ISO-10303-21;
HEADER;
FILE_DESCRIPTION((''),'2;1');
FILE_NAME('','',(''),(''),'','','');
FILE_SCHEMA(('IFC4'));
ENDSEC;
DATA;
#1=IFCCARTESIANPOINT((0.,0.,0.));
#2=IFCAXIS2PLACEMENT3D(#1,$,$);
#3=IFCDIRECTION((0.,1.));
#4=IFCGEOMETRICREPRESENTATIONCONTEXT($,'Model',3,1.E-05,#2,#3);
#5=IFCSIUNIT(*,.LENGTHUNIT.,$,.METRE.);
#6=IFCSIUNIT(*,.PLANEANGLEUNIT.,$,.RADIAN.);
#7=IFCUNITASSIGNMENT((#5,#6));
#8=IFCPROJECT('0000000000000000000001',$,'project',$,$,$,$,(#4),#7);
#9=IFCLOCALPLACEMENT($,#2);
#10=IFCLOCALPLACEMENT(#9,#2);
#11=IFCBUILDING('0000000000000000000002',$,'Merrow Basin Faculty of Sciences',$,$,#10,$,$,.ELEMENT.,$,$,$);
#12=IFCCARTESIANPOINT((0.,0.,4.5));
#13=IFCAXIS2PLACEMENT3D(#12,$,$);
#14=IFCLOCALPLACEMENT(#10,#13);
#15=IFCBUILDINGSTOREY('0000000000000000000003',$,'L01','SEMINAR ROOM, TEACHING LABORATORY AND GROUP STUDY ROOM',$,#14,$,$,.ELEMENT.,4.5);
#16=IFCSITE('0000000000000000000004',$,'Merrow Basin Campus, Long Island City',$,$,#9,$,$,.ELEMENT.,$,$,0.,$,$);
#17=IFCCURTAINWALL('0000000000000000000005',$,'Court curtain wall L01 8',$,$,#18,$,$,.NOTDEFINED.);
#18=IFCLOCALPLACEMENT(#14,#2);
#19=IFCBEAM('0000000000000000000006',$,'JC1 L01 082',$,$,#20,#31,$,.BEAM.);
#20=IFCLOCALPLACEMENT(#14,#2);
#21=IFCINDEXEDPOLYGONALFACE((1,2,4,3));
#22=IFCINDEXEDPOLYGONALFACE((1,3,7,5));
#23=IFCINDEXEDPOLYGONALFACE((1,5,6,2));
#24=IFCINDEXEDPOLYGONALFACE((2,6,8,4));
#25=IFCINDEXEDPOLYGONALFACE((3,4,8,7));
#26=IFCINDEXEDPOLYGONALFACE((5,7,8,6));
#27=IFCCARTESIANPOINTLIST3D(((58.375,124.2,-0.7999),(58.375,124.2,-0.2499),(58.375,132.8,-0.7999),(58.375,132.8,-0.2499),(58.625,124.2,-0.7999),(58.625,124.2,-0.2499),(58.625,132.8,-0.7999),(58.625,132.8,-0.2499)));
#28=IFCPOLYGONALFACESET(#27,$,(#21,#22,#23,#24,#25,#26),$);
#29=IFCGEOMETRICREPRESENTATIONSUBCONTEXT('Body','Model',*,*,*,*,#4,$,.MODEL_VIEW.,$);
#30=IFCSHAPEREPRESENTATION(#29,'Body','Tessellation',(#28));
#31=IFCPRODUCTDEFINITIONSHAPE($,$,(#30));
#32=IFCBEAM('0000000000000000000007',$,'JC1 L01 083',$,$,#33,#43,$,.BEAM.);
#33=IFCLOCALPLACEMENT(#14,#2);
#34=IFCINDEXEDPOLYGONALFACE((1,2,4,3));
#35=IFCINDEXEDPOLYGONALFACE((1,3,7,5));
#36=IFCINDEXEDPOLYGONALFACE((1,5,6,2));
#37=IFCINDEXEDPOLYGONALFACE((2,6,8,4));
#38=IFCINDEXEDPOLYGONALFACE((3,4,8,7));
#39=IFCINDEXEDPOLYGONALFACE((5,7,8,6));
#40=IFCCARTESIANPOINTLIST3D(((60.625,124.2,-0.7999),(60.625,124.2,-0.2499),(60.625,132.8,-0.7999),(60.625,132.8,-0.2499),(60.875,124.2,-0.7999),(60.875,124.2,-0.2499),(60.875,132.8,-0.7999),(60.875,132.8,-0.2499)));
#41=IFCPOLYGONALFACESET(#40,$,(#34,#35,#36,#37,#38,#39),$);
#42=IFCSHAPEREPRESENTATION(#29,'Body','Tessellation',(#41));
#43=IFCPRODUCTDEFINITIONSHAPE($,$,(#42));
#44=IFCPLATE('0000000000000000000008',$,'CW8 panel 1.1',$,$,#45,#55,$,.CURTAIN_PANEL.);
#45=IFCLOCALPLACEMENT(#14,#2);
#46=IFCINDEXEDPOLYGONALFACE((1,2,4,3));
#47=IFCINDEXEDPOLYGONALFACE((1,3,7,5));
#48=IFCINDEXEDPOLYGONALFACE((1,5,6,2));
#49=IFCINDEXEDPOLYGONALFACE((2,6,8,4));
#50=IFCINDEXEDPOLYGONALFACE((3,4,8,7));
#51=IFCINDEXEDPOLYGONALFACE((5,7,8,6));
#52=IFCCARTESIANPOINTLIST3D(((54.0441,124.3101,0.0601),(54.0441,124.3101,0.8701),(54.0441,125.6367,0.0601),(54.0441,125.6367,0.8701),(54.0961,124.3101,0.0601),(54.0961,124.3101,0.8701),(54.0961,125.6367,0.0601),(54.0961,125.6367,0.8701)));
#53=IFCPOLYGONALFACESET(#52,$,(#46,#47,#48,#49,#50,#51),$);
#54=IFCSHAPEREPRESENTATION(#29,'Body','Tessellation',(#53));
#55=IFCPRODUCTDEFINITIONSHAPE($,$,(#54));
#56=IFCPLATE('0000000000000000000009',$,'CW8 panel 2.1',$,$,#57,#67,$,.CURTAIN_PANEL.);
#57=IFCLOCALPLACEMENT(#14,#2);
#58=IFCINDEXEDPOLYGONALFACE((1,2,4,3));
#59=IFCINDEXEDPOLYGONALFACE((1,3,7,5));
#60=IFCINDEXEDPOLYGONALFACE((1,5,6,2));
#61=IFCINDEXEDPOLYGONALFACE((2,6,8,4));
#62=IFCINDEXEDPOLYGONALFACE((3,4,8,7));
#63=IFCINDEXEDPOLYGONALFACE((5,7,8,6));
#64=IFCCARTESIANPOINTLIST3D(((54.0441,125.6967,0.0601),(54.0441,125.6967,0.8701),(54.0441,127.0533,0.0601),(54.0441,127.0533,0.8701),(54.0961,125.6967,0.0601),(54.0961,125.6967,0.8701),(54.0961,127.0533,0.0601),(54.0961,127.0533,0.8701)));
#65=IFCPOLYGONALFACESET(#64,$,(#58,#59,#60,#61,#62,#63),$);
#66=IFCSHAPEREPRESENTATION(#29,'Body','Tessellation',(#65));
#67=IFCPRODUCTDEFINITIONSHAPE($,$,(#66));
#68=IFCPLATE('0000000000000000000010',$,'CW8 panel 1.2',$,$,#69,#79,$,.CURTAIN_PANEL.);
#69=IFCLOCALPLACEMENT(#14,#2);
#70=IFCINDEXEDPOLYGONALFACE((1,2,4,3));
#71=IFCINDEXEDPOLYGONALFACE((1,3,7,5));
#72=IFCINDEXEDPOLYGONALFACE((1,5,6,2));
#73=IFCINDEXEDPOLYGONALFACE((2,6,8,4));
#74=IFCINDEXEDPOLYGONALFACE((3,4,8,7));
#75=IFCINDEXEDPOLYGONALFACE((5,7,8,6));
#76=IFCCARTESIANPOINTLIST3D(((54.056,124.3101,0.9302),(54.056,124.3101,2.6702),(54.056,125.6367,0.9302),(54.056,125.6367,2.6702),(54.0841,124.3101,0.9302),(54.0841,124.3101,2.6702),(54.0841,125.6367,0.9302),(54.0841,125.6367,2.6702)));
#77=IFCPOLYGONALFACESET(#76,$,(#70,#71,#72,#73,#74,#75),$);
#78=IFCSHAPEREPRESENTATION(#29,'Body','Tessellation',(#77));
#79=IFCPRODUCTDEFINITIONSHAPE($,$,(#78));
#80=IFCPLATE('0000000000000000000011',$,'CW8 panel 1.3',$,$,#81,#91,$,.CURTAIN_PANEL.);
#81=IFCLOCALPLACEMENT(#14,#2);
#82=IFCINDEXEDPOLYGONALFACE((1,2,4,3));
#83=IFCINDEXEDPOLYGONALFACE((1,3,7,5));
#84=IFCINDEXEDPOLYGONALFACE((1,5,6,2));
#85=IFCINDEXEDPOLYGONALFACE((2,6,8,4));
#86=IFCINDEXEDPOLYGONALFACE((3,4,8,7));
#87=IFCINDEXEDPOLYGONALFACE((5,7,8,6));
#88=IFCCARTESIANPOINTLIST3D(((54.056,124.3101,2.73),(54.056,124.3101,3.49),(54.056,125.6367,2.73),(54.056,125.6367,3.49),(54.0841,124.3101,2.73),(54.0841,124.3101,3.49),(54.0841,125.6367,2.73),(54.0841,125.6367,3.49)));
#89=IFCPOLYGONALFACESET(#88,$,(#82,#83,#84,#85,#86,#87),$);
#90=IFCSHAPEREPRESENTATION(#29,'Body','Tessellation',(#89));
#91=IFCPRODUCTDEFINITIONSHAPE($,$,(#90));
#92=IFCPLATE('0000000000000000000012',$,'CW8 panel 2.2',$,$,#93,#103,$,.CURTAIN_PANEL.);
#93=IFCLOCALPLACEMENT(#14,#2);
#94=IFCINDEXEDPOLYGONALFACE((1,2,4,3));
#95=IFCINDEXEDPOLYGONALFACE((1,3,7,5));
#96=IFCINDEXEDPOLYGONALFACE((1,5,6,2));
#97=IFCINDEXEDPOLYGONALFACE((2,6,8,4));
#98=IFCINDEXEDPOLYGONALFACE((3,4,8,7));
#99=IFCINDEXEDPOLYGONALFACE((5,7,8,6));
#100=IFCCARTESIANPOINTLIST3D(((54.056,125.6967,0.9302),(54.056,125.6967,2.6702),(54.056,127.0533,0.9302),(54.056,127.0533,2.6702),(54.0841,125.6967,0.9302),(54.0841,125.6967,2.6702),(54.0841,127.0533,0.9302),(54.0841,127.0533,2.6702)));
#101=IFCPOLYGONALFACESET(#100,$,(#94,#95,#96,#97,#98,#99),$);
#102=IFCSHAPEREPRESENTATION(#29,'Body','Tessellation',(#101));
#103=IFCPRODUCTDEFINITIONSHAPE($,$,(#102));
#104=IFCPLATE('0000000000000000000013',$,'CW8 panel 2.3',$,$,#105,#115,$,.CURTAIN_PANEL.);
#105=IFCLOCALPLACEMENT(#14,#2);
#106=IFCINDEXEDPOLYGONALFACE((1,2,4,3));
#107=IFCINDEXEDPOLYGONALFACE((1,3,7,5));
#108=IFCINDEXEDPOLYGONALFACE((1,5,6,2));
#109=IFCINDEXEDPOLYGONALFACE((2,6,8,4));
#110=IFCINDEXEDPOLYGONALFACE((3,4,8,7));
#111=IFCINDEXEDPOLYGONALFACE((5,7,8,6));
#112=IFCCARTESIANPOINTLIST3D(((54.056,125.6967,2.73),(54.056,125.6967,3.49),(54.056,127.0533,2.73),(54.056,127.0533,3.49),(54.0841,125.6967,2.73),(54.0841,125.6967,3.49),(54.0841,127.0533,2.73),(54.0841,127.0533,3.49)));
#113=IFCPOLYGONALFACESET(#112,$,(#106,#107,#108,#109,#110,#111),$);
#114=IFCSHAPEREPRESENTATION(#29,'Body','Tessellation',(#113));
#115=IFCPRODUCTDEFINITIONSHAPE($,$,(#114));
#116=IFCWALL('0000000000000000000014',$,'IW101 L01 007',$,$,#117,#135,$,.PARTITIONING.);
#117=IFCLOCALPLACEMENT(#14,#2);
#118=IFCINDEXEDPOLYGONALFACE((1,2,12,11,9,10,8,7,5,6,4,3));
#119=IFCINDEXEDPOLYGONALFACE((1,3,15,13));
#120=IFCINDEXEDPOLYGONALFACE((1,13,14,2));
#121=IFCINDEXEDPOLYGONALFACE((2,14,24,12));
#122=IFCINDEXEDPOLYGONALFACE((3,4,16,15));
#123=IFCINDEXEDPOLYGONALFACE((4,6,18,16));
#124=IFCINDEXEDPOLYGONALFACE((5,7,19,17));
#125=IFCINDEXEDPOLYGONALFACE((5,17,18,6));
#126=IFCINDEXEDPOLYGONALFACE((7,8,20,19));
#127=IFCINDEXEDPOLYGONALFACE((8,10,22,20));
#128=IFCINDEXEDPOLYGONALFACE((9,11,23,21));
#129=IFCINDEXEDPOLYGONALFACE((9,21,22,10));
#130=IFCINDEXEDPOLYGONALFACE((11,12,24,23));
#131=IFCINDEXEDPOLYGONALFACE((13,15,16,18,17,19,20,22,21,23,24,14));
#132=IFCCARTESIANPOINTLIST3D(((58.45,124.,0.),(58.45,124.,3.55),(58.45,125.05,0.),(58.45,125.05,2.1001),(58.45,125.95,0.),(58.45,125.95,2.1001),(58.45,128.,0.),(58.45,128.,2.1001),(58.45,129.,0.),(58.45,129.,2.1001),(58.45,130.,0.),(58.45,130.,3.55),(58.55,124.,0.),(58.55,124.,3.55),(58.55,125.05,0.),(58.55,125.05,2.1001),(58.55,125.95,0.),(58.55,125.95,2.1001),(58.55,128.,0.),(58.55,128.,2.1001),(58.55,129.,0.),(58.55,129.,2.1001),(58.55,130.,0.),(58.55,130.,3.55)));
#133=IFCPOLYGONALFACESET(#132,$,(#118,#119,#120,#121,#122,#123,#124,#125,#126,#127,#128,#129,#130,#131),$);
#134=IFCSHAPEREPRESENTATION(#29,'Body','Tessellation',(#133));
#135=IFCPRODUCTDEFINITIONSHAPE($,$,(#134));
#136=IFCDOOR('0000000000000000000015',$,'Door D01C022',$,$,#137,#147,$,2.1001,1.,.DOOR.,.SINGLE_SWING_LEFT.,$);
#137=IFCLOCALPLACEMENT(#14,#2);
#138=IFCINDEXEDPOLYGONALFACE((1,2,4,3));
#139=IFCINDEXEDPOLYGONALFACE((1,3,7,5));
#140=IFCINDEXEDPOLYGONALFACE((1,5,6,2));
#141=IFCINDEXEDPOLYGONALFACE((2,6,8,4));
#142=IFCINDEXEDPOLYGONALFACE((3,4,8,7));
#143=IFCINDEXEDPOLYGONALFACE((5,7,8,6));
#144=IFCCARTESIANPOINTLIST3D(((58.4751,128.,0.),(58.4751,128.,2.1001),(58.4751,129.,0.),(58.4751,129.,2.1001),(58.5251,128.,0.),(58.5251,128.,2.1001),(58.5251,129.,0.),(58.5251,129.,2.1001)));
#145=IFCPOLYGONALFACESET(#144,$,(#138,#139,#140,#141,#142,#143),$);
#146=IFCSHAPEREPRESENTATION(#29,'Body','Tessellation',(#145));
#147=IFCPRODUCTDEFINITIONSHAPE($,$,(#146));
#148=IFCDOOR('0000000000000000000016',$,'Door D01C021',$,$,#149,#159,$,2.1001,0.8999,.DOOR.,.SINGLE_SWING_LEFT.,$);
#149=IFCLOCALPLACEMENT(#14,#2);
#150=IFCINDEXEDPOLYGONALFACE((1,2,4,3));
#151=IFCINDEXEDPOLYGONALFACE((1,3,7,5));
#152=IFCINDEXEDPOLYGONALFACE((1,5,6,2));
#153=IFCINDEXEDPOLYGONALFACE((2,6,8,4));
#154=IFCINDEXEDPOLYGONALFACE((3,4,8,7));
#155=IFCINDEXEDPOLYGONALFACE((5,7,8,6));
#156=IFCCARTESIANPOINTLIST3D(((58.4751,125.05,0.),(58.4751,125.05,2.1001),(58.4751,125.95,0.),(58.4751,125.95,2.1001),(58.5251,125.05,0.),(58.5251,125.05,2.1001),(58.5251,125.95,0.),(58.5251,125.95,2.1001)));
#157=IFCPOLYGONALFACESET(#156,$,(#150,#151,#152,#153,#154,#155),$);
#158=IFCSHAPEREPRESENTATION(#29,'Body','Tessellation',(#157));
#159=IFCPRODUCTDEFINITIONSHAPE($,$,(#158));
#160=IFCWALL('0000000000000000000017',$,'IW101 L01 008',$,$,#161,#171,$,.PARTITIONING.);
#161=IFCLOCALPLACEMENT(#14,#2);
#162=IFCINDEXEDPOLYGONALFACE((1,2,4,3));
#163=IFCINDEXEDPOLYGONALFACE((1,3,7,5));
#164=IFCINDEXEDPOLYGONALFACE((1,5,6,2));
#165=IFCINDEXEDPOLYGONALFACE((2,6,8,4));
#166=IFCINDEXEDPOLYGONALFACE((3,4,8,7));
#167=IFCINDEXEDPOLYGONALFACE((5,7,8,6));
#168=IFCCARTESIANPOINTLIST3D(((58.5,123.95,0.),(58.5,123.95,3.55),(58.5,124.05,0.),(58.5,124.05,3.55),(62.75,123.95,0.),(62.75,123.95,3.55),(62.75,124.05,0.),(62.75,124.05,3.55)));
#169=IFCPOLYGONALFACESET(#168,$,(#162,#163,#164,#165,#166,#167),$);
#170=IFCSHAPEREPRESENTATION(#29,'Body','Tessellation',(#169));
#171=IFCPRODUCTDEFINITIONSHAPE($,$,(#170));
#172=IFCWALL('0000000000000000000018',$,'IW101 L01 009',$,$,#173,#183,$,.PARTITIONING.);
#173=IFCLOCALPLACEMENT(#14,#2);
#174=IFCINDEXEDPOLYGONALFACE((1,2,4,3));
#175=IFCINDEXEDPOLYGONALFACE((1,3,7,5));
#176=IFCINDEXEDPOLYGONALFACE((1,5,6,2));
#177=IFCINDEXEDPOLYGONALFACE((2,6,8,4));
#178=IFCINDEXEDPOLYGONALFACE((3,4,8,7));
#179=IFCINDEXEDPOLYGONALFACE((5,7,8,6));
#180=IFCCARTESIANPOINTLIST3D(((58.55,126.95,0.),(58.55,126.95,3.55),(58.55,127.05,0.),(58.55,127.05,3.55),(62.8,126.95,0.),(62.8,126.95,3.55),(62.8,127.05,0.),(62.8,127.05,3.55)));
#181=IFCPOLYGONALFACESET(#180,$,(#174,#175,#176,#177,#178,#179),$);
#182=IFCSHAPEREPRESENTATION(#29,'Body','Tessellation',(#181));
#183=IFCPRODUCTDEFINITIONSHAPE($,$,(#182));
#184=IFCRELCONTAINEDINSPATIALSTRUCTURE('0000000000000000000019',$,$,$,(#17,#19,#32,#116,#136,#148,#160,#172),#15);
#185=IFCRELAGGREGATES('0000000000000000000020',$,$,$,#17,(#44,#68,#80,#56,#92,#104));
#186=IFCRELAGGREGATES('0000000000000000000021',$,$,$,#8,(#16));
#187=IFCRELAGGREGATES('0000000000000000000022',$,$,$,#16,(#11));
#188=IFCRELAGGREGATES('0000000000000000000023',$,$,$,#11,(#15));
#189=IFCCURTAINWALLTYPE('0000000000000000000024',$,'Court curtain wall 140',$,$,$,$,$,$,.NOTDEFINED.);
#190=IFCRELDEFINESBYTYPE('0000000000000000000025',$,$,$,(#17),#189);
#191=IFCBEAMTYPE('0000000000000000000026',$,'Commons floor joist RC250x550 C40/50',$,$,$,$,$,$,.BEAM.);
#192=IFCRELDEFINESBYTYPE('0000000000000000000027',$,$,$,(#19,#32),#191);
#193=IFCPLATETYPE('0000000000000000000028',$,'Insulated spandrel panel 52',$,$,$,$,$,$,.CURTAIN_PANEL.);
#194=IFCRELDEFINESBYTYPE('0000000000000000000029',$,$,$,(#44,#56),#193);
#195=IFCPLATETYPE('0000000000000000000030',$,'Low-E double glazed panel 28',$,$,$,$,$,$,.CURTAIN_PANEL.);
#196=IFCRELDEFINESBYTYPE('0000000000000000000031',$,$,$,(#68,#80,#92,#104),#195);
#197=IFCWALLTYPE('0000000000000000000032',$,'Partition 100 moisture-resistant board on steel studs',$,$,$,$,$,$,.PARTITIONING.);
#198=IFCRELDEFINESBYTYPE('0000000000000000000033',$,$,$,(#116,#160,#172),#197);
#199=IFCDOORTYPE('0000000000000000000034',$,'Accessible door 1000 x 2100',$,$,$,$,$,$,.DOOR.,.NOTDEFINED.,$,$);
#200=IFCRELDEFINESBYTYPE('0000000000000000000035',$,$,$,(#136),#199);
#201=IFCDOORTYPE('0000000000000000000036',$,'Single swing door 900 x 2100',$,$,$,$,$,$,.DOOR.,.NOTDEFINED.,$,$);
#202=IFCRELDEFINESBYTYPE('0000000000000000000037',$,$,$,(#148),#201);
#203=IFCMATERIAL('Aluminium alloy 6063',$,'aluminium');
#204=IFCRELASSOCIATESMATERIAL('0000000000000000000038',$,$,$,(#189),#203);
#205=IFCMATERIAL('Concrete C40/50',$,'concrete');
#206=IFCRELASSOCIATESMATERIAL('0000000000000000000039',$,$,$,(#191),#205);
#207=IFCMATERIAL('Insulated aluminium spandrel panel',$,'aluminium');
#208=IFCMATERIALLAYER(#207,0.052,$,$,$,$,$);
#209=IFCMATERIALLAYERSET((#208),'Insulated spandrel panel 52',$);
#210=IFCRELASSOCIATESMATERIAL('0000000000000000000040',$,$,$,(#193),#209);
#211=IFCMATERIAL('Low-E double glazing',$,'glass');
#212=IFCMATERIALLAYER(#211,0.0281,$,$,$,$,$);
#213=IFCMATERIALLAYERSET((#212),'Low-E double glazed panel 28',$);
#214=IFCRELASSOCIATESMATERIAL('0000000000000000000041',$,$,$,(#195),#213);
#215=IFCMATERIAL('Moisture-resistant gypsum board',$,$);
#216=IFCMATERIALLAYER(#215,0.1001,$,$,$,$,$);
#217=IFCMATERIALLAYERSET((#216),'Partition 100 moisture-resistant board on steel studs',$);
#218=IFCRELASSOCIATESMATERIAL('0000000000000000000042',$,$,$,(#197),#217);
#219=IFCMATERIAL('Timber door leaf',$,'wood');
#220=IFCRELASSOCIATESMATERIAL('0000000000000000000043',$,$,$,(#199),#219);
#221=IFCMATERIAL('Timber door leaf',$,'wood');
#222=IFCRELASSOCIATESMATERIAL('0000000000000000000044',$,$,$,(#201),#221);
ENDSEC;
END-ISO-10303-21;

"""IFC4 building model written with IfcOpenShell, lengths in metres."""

from ifc_helpers import new_model, si_unit, direction, frame, frame_2d, origin, origin_2d, place, context, subcontext, project, spatial, rectangle, extrude, material, layer, layer_set, material_profile, profile_set, type_object, element, fill, aggregate, save


model = new_model("IFC4")

# Units and contexts
model_context = context("Model", 3, precision=1e-05, world=origin(), true_north=direction((0.0, 1.0)))
body_context = subcontext(model_context, "Body", "Model", "MODEL_VIEW")
ifc_project = project(units=[si_unit("LENGTHUNIT", "METRE"), si_unit("PLANEANGLEUNIT", "RADIAN")], contexts=[model_context])

# Site, building, storey
site_placement = place(None, origin())
site = spatial("IfcSite", under=ifc_project, at=site_placement, Name="Merrow Basin Campus, Long Island City", CompositionType="ELEMENT", RefElevation=0.0)
building_placement = place(site_placement, origin())
building = spatial("IfcBuilding", under=site, at=building_placement, Name="Merrow Basin Faculty of Sciences", CompositionType="ELEMENT")
storey_placement = place(building_placement, frame((0.0, 0.0, 4.5)))
storey = spatial("IfcBuildingStorey", under=building, at=storey_placement, Name="L01", Description="SEMINAR ROOM, TEACHING LABORATORY AND GROUP STUDY ROOM", CompositionType="ELEMENT", Elevation=4.5)

# Curtain wall
ifc_material_1 = material(Name="Aluminium alloy 6063", Category="aluminium")
curtain_wall_type = type_object("IfcCurtainWallType", Name="Court curtain wall 140", PredefinedType="NOTDEFINED", material=ifc_material_1)
curtain_wall_placement = place(storey_placement, origin())
curtain_wall = element("IfcCurtainWall", 1, at=curtain_wall_placement, inside=storey, type_object=curtain_wall_type, Name="Court curtain wall L01 8", PredefinedType="NOTDEFINED")

# Beams
ifc_material_2 = material(Name="Concrete C40/50", Category="concrete")
ifc_material_profile_1 = material_profile(ifc_material_2, rectangle(XDim=0.25, YDim=0.55, at=origin_2d()))
ifc_profile_set_1 = profile_set([ifc_material_profile_1], Name="Concrete C40/50")
beam_type_1 = type_object("IfcBeamType", Name="Commons floor joist RC250x550 C40/50", PredefinedType="BEAM", material=ifc_profile_set_1)
for number, where, z_axis, x_axis, name in (
    (2, (58.5, 124.2, -0.5249), (0.0, 1.0, 0.0), (-1.0, 0.0, 0.0), "JC1 L01 082"),
    (3, (60.75, 124.2, -0.5249), (0.0, 1.0, 0.0), (-1.0, 0.0, 0.0), "JC1 L01 083"),
):
    element("IfcBeam", number, at=place(storey_placement, frame(where, z_axis=z_axis, x_axis=x_axis)), inside=storey, type_object=beam_type_1, Name=name, PredefinedType="BEAM", context=body_context, shape_type="SweptSolid", body=[
        extrude(rectangle(XDim=0.25, YDim=0.55, at=origin_2d()), origin(), (0.0, 0.0, 1.0), 8.6001),
    ])

# Plates
ifc_material_3 = material(Name="Insulated aluminium spandrel panel", Category="aluminium")
ifc_layer_1 = layer(ifc_material_3, 0.052)
ifc_layer_set_1 = layer_set([ifc_layer_1], Name="Insulated spandrel panel 52")
plate_type_1 = type_object("IfcPlateType", Name="Insulated spandrel panel 52", PredefinedType="CURTAIN_PANEL", material=ifc_layer_set_1)
plate_1_placement = place(storey_placement, frame((54.0701, 124.9734, 0.0601), z_axis=(0.0, 0.0, 1.0), x_axis=(0.0, 1.0, 0.0)))
plate_1 = element("IfcPlate", 4, at=plate_1_placement, type_object=plate_type_1, Name="CW8 panel 1.1", PredefinedType="CURTAIN_PANEL", context=body_context, shape_type="SweptSolid", body=[
    extrude(rectangle(XDim=1.3267, YDim=0.052, at=origin_2d()), origin(), (0.0, 0.0, 1.0), 0.8101),
])
plate_2_placement = place(storey_placement, frame((54.0701, 126.375, 0.0601), z_axis=(0.0, 0.0, 1.0), x_axis=(0.0, 1.0, 0.0)))
plate_2 = element("IfcPlate", 5, at=plate_2_placement, type_object=plate_type_1, Name="CW8 panel 2.1", PredefinedType="CURTAIN_PANEL", context=body_context, shape_type="SweptSolid", body=[
    extrude(rectangle(XDim=1.3567, YDim=0.052, at=origin_2d()), origin(), (0.0, 0.0, 1.0), 0.8101),
])
ifc_material_4 = material(Name="Low-E double glazing", Category="glass")
ifc_layer_2 = layer(ifc_material_4, 0.0281)
ifc_layer_set_2 = layer_set([ifc_layer_2], Name="Low-E double glazed panel 28")
plate_type_2 = type_object("IfcPlateType", Name="Low-E double glazed panel 28", PredefinedType="CURTAIN_PANEL", material=ifc_layer_set_2)
plate_3_placement = place(storey_placement, frame((54.0701, 124.9734, 0.9302), z_axis=(0.0, 0.0, 1.0), x_axis=(0.0, 1.0, 0.0)))
plate_3 = element("IfcPlate", 6, at=plate_3_placement, type_object=plate_type_2, Name="CW8 panel 1.2", PredefinedType="CURTAIN_PANEL", context=body_context, shape_type="SweptSolid", body=[
    extrude(rectangle(XDim=1.3267, YDim=0.0281, at=origin_2d()), origin(), (0.0, 0.0, 1.0), 1.74),
])
plate_4_placement = place(storey_placement, frame((54.0701, 124.9734, 2.73), z_axis=(0.0, 0.0, 1.0), x_axis=(0.0, 1.0, 0.0)))
plate_4 = element("IfcPlate", 7, at=plate_4_placement, type_object=plate_type_2, Name="CW8 panel 1.3", PredefinedType="CURTAIN_PANEL", context=body_context, shape_type="SweptSolid", body=[
    extrude(rectangle(XDim=1.3267, YDim=0.0281, at=origin_2d()), origin(), (0.0, 0.0, 1.0), 0.76),
])
plate_5_placement = place(storey_placement, frame((54.0701, 126.375, 0.9302), z_axis=(0.0, 0.0, 1.0), x_axis=(0.0, 1.0, 0.0)))
plate_5 = element("IfcPlate", 8, at=plate_5_placement, type_object=plate_type_2, Name="CW8 panel 2.2", PredefinedType="CURTAIN_PANEL", context=body_context, shape_type="SweptSolid", body=[
    extrude(rectangle(XDim=1.3567, YDim=0.0281, at=origin_2d()), origin(), (0.0, 0.0, 1.0), 1.74),
])
plate_6_placement = place(storey_placement, frame((54.0701, 126.375, 2.73), z_axis=(0.0, 0.0, 1.0), x_axis=(0.0, 1.0, 0.0)))
plate_6 = element("IfcPlate", 9, at=plate_6_placement, type_object=plate_type_2, Name="CW8 panel 2.3", PredefinedType="CURTAIN_PANEL", context=body_context, shape_type="SweptSolid", body=[
    extrude(rectangle(XDim=1.3567, YDim=0.0281, at=origin_2d()), origin(), (0.0, 0.0, 1.0), 0.76),
])
aggregate(curtain_wall, [plate_1, plate_3, plate_4, plate_2, plate_5, plate_6])

# Wall, openings, doors
ifc_material_5 = material(Name="Moisture-resistant gypsum board")
ifc_layer_3 = layer(ifc_material_5, 0.1001)
ifc_layer_set_3 = layer_set([ifc_layer_3], Name="Partition 100 moisture-resistant board on steel studs")
wall_type_1 = type_object("IfcWallType", Name="Partition 100 moisture-resistant board on steel studs", PredefinedType="PARTITIONING", material=ifc_layer_set_3)
wall_1_placement = place(storey_placement, frame((58.5, 124.0, 0.0), z_axis=(0.0, 0.0, 1.0), x_axis=(0.0, 1.0, 0.0)))
wall_1 = element("IfcWall", 10, at=wall_1_placement, inside=storey, type_object=wall_type_1, Name="IW101 L01 007", PredefinedType="PARTITIONING", context=body_context, shape_type="SweptSolid", body=[
    extrude(rectangle(XDim=6.0, YDim=0.1001, at=frame_2d((3.0, 0.0))), origin(), (0.0, 0.0, 1.0), 3.55),
])
opening_1_placement = place(wall_1_placement, frame((1.05, 0.0, 0.0)))
opening_1 = element("IfcOpeningElement", 11, at=opening_1_placement, cuts=wall_1, PredefinedType="OPENING", context=body_context, shape_type="SweptSolid", body=[
    extrude(rectangle(XDim=0.8999, YDim=2.1001, at=frame_2d((0.45, 1.05))), frame((0.0, 0.0601, 0.0), z_axis=(0.0, -1.0, 0.0), x_axis=(1.0, 0.0, 0.0)), (0.0, 0.0, 1.0), 0.1201),
])
opening_2_placement = place(wall_1_placement, frame((4.0, 0.0, 0.0)))
opening_2 = element("IfcOpeningElement", 12, at=opening_2_placement, cuts=wall_1, PredefinedType="OPENING", context=body_context, shape_type="SweptSolid", body=[
    extrude(rectangle(XDim=1.0, YDim=2.1001, at=frame_2d((0.5, 1.05))), frame((0.0, 0.0601, 0.0), z_axis=(0.0, -1.0, 0.0), x_axis=(1.0, 0.0, 0.0)), (0.0, 0.0, 1.0), 0.1201),
])
ifc_material_6 = material(Name="Timber door leaf", Category="wood")
door_type_1 = type_object("IfcDoorType", Name="Accessible door 1000 x 2100", OperationType="NOTDEFINED", PredefinedType="DOOR", material=ifc_material_6)
door_1_placement = place(opening_2_placement, origin())
door_1 = element("IfcDoor", 13, at=door_1_placement, inside=storey, type_object=door_type_1, Name="Door D01C022", OperationType="SINGLE_SWING_LEFT", OverallHeight=2.1001, OverallWidth=1.0, PredefinedType="DOOR", context=body_context, shape_type="SweptSolid", body=[
    extrude(rectangle(XDim=1.0, YDim=2.1001, at=frame_2d((0.5, 1.05))), frame((0.0, 0.0249, 0.0), z_axis=(0.0, -1.0, 0.0), x_axis=(1.0, 0.0, 0.0)), (0.0, 0.0, 1.0), 0.05),
])
fill(opening_2, door_1)
ifc_material_7 = material(Name="Timber door leaf", Category="wood")
door_type_2 = type_object("IfcDoorType", Name="Single swing door 900 x 2100", OperationType="NOTDEFINED", PredefinedType="DOOR", material=ifc_material_7)
door_2_placement = place(opening_1_placement, origin())
door_2 = element("IfcDoor", 14, at=door_2_placement, inside=storey, type_object=door_type_2, Name="Door D01C021", OperationType="SINGLE_SWING_LEFT", OverallHeight=2.1001, OverallWidth=0.8999, PredefinedType="DOOR", context=body_context, shape_type="SweptSolid", body=[
    extrude(rectangle(XDim=0.8999, YDim=2.1001, at=frame_2d((0.45, 1.05))), frame((0.0, 0.0249, 0.0), z_axis=(0.0, -1.0, 0.0), x_axis=(1.0, 0.0, 0.0)), (0.0, 0.0, 1.0), 0.05),
])
fill(opening_1, door_2)

# Walls
for number, where, z_axis, x_axis, name in (
    (15, (58.5, 124.0, 0.0), (0.0, 0.0, 1.0), (1.0, 0.0, 0.0), "IW101 L01 008"),
    (16, (58.55, 127.0, 0.0), (0.0, 0.0, 1.0), (1.0, 0.0, 0.0), "IW101 L01 009"),
):
    element("IfcWall", number, at=place(storey_placement, frame(where, z_axis=z_axis, x_axis=x_axis)), inside=storey, type_object=wall_type_1, Name=name, PredefinedType="PARTITIONING", context=body_context, shape_type="SweptSolid", body=[
        extrude(rectangle(XDim=4.25, YDim=0.1001, at=frame_2d((2.125, 0.0))), origin(), (0.0, 0.0, 1.0), 3.55),
    ])

save(model, "model.ifc")
